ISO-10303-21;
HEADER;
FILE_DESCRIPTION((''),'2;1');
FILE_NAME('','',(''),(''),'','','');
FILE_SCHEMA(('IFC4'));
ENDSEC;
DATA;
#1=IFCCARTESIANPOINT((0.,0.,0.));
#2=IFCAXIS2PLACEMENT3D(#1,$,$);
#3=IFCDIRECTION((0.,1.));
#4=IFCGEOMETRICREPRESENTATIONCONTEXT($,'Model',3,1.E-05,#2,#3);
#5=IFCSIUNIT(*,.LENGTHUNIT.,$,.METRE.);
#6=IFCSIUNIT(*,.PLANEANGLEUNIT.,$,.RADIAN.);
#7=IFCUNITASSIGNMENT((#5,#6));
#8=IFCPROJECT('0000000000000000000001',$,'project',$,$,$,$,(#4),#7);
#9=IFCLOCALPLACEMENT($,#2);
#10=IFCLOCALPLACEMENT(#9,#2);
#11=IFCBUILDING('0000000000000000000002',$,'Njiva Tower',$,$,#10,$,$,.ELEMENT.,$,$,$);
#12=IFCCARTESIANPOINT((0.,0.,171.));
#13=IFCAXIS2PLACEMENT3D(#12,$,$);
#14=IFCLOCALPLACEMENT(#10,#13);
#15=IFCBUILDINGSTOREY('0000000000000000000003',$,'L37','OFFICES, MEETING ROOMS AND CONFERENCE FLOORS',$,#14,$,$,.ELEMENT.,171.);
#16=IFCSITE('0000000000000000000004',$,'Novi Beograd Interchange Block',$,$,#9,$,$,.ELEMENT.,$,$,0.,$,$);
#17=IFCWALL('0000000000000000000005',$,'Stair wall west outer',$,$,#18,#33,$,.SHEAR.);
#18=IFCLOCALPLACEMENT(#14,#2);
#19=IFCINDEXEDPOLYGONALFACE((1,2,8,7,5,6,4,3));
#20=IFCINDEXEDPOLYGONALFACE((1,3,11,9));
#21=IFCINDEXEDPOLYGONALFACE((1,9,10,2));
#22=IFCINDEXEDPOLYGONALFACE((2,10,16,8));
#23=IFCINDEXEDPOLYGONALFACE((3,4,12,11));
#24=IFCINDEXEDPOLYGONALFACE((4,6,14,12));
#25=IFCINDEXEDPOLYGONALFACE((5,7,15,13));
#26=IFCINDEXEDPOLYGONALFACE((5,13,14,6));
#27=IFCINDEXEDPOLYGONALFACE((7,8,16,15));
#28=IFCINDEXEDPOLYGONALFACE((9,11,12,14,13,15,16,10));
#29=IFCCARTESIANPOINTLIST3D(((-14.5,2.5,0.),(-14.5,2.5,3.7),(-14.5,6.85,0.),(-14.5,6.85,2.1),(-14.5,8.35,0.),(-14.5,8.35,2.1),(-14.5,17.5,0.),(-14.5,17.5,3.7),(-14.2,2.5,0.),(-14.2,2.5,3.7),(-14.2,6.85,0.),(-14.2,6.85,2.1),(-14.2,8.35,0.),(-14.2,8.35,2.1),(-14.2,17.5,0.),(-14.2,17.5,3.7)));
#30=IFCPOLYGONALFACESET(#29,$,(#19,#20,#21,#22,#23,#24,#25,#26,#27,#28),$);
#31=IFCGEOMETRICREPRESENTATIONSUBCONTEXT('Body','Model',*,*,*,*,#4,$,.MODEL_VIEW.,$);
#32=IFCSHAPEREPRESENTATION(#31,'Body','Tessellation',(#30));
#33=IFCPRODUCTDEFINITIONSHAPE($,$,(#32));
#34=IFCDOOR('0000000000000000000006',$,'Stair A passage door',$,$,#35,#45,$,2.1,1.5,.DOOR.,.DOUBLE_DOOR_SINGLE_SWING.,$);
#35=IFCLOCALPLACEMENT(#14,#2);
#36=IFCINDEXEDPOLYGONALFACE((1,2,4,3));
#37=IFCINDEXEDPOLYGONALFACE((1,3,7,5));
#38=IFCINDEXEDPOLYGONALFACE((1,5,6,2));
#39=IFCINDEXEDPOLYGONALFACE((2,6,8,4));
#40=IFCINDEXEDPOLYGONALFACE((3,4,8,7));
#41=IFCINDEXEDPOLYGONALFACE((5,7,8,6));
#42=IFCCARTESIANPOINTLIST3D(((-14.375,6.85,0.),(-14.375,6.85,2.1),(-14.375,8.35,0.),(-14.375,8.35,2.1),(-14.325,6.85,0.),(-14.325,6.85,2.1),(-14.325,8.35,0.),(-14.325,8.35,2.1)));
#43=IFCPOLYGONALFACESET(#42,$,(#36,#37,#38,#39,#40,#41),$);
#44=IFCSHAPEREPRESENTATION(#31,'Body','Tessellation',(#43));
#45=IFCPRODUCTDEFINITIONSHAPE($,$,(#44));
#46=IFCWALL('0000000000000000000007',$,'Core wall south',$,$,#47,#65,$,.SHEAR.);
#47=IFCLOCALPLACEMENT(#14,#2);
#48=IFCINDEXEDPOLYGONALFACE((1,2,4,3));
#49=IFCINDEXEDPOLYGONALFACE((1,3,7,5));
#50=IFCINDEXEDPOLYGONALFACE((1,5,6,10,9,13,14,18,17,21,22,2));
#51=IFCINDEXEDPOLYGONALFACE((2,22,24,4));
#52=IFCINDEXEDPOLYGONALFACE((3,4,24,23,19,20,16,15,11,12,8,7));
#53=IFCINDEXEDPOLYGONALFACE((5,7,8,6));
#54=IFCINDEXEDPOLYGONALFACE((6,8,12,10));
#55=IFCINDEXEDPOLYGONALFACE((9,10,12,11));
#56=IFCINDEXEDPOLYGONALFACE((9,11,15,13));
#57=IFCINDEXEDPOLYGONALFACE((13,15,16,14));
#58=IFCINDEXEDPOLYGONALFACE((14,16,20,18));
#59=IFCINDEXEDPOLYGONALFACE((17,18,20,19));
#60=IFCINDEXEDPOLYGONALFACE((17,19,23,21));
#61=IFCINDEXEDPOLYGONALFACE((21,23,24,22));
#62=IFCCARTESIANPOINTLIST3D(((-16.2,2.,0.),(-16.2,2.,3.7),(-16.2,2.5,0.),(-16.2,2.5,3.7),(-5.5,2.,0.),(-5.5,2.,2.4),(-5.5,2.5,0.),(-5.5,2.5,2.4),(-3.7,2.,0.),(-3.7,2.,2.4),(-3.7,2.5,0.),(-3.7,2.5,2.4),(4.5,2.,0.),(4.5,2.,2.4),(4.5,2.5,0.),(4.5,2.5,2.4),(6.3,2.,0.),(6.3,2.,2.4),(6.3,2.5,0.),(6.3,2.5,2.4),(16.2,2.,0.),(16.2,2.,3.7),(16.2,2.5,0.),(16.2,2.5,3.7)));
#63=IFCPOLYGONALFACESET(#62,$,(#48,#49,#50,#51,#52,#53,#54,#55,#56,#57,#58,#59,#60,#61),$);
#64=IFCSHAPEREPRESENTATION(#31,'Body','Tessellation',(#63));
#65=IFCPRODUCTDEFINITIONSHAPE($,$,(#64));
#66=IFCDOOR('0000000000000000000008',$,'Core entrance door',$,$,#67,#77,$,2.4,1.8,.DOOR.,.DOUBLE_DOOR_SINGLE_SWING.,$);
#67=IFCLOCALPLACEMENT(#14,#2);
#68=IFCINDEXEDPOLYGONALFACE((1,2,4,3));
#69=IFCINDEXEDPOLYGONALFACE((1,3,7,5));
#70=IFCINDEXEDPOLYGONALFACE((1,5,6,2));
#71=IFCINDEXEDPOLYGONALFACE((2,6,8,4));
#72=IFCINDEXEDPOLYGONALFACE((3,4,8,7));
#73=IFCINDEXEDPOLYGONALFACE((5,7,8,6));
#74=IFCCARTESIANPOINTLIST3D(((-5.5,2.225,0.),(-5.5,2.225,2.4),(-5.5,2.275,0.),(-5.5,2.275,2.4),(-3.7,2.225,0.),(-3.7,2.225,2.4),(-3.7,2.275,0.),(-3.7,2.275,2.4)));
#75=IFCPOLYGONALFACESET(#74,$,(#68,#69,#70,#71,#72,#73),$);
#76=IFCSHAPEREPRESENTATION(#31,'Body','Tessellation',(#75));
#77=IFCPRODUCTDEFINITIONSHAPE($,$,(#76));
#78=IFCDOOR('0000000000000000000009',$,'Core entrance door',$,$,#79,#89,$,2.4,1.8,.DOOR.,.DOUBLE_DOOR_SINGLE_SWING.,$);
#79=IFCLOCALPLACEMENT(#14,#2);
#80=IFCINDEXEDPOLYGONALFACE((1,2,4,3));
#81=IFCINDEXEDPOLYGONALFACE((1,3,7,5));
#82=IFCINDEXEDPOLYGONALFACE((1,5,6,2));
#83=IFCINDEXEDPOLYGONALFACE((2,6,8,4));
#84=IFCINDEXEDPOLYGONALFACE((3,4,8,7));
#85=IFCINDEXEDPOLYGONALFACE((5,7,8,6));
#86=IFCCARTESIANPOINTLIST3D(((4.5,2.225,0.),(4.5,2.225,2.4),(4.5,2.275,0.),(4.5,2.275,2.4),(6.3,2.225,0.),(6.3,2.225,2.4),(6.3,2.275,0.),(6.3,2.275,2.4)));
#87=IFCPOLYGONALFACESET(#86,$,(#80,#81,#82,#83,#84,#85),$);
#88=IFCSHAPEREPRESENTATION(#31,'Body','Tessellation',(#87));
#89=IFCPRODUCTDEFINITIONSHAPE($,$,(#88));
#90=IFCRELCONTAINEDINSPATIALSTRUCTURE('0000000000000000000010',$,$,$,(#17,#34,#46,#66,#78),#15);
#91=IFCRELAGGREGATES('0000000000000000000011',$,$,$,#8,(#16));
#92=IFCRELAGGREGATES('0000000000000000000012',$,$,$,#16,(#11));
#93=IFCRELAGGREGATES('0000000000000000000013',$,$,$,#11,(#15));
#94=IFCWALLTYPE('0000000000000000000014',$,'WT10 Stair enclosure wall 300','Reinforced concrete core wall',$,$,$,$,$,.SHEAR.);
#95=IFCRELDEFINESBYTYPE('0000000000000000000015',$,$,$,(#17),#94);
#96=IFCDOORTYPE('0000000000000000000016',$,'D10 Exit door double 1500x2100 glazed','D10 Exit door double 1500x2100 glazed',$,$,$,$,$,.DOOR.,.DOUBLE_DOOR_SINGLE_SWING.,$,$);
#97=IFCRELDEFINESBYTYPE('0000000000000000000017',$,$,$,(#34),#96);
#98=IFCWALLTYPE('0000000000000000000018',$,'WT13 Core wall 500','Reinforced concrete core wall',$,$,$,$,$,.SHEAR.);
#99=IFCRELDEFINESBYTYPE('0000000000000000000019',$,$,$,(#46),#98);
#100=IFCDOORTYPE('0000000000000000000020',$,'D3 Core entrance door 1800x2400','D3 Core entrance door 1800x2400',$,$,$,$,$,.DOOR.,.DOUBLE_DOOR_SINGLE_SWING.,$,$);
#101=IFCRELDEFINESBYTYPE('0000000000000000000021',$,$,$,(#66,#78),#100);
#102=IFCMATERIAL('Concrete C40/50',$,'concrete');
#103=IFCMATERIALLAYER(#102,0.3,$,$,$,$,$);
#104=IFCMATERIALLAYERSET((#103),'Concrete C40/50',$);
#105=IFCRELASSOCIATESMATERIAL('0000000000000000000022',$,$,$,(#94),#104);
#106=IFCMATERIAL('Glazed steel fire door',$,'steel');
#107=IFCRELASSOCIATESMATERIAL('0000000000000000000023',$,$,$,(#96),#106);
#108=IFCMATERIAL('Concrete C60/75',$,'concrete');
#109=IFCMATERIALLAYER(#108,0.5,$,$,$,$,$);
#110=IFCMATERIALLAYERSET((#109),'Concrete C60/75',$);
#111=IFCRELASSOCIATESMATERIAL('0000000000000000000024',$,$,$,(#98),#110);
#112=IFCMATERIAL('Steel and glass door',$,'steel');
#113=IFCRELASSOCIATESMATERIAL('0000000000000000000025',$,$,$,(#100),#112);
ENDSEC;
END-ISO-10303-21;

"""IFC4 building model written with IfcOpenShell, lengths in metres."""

from ifc_helpers import new_model, si_unit, direction, frame, frame_2d, origin, place, context, subcontext, project, spatial, rectangle, extrude, material, layer, layer_set, type_object, element, fill, save


model = new_model("IFC4")

# Units and contexts
model_context = context("Model", 3, precision=1e-05, world=origin(), true_north=direction((0.0, 1.0)))
body_context = subcontext(model_context, "Body", "Model", "MODEL_VIEW")
ifc_project = project(units=[si_unit("LENGTHUNIT", "METRE"), si_unit("PLANEANGLEUNIT", "RADIAN")], contexts=[model_context])

# Site, building, storey
site_placement = place(None, origin())
site = spatial("IfcSite", under=ifc_project, at=site_placement, Name="Novi Beograd Interchange Block", CompositionType="ELEMENT", RefElevation=0.0)
building_placement = place(site_placement, origin())
building = spatial("IfcBuilding", under=site, at=building_placement, Name="Njiva Tower", CompositionType="ELEMENT")
storey_placement = place(building_placement, frame((0.0, 0.0, 171.0)))
storey = spatial("IfcBuildingStorey", under=building, at=storey_placement, Name="L37", Description="OFFICES, MEETING ROOMS AND CONFERENCE FLOORS", CompositionType="ELEMENT", Elevation=171.0)

# Wall, opening, door
ifc_material_1 = material(Name="Concrete C40/50", Category="concrete")
ifc_layer_1 = layer(ifc_material_1, 0.3)
ifc_layer_set_1 = layer_set([ifc_layer_1], Name="Concrete C40/50")
wall_type_1 = type_object("IfcWallType", Name="WT10 Stair enclosure wall 300", Description="Reinforced concrete core wall", PredefinedType="SHEAR", material=ifc_layer_set_1)
wall_1_placement = place(storey_placement, frame((-14.35, 2.5, 0.0), z_axis=(0.0, 0.0, 1.0), x_axis=(0.0, 1.0, 0.0)))
wall_1 = element("IfcWall", 1, at=wall_1_placement, inside=storey, type_object=wall_type_1, Name="Stair wall west outer", PredefinedType="SHEAR", context=body_context, shape_type="SweptSolid", body=[
    extrude(rectangle(XDim=15.0, YDim=0.3, at=frame_2d((7.5, 0.0))), origin(), (0.0, 0.0, 1.0), 3.7),
])
opening_1_placement = place(wall_1_placement, frame((4.35, 0.0, 0.0)))
opening_1 = element("IfcOpeningElement", 2, at=opening_1_placement, cuts=wall_1, PredefinedType="OPENING", context=body_context, shape_type="SweptSolid", body=[
    extrude(rectangle(XDim=1.5, YDim=2.1, at=frame_2d((0.75, 1.05))), frame((0.0, 0.16, 0.0), z_axis=(0.0, -1.0, 0.0), x_axis=(1.0, 0.0, 0.0)), (0.0, 0.0, 1.0), 0.32),
])
ifc_material_2 = material(Name="Glazed steel fire door", Category="steel")
door_type_1 = type_object("IfcDoorType", Name="D10 Exit door double 1500x2100 glazed", Description="D10 Exit door double 1500x2100 glazed", OperationType="DOUBLE_DOOR_SINGLE_SWING", PredefinedType="DOOR", material=ifc_material_2)
door_1_placement = place(opening_1_placement, origin())
door_1 = element("IfcDoor", 3, at=door_1_placement, inside=storey, type_object=door_type_1, Name="Stair A passage door", OperationType="DOUBLE_DOOR_SINGLE_SWING", OverallHeight=2.1, OverallWidth=1.5, PredefinedType="DOOR", context=body_context, shape_type="SweptSolid", body=[
    extrude(rectangle(XDim=1.5, YDim=2.1, at=frame_2d((0.75, 1.05))), frame((0.0, 0.025, 0.0), z_axis=(0.0, -1.0, 0.0), x_axis=(1.0, 0.0, 0.0)), (0.0, 0.0, 1.0), 0.05),
])
fill(opening_1, door_1)

# Wall, openings, doors
ifc_material_3 = material(Name="Concrete C60/75", Category="concrete")
ifc_layer_2 = layer(ifc_material_3, 0.5)
ifc_layer_set_2 = layer_set([ifc_layer_2], Name="Concrete C60/75")
wall_type_2 = type_object("IfcWallType", Name="WT13 Core wall 500", Description="Reinforced concrete core wall", PredefinedType="SHEAR", material=ifc_layer_set_2)
wall_2_placement = place(storey_placement, frame((-16.2, 2.25, 0.0), z_axis=(0.0, 0.0, 1.0), x_axis=(1.0, 0.0, 0.0)))
wall_2 = element("IfcWall", 4, at=wall_2_placement, inside=storey, type_object=wall_type_2, Name="Core wall south", PredefinedType="SHEAR", context=body_context, shape_type="SweptSolid", body=[
    extrude(rectangle(XDim=32.4, YDim=0.5, at=frame_2d((16.2, 0.0))), origin(), (0.0, 0.0, 1.0), 3.7),
])
opening_2_placement = place(wall_2_placement, frame((10.7, 0.0, 0.0)))
opening_2 = element("IfcOpeningElement", 5, at=opening_2_placement, cuts=wall_2, PredefinedType="OPENING", context=body_context, shape_type="SweptSolid", body=[
    extrude(rectangle(XDim=1.8, YDim=2.4, at=frame_2d((0.9, 1.2))), frame((0.0, 0.26, 0.0), z_axis=(0.0, -1.0, 0.0), x_axis=(1.0, 0.0, 0.0)), (0.0, 0.0, 1.0), 0.52),
])
opening_3_placement = place(wall_2_placement, frame((20.7, 0.0, 0.0)))
opening_3 = element("IfcOpeningElement", 6, at=opening_3_placement, cuts=wall_2, PredefinedType="OPENING", context=body_context, shape_type="SweptSolid", body=[
    extrude(rectangle(XDim=1.8, YDim=2.4, at=frame_2d((0.9, 1.2))), frame((0.0, 0.26, 0.0), z_axis=(0.0, -1.0, 0.0), x_axis=(1.0, 0.0, 0.0)), (0.0, 0.0, 1.0), 0.52),
])
ifc_material_4 = material(Name="Steel and glass door", Category="steel")
door_type_2 = type_object("IfcDoorType", Name="D3 Core entrance door 1800x2400", Description="D3 Core entrance door 1800x2400", OperationType="DOUBLE_DOOR_SINGLE_SWING", PredefinedType="DOOR", material=ifc_material_4)
door_2_placement = place(opening_2_placement, origin())
door_2 = element("IfcDoor", 7, at=door_2_placement, inside=storey, type_object=door_type_2, Name="Core entrance door", OperationType="DOUBLE_DOOR_SINGLE_SWING", OverallHeight=2.4, OverallWidth=1.8, PredefinedType="DOOR", context=body_context, shape_type="SweptSolid", body=[
    extrude(rectangle(XDim=1.8, YDim=2.4, at=frame_2d((0.9, 1.2))), frame((0.0, 0.025, 0.0), z_axis=(0.0, -1.0, 0.0), x_axis=(1.0, 0.0, 0.0)), (0.0, 0.0, 1.0), 0.05),
])
fill(opening_2, door_2)
door_3_placement = place(opening_3_placement, origin())
door_3 = element("IfcDoor", 8, at=door_3_placement, inside=storey, type_object=door_type_2, Name="Core entrance door", OperationType="DOUBLE_DOOR_SINGLE_SWING", OverallHeight=2.4, OverallWidth=1.8, PredefinedType="DOOR", context=body_context, shape_type="SweptSolid", body=[
    extrude(rectangle(XDim=1.8, YDim=2.4, at=frame_2d((0.9, 1.2))), frame((0.0, 0.025, 0.0), z_axis=(0.0, -1.0, 0.0), x_axis=(1.0, 0.0, 0.0)), (0.0, 0.0, 1.0), 0.05),
])
fill(opening_3, door_3)

save(model, "model.ifc")
